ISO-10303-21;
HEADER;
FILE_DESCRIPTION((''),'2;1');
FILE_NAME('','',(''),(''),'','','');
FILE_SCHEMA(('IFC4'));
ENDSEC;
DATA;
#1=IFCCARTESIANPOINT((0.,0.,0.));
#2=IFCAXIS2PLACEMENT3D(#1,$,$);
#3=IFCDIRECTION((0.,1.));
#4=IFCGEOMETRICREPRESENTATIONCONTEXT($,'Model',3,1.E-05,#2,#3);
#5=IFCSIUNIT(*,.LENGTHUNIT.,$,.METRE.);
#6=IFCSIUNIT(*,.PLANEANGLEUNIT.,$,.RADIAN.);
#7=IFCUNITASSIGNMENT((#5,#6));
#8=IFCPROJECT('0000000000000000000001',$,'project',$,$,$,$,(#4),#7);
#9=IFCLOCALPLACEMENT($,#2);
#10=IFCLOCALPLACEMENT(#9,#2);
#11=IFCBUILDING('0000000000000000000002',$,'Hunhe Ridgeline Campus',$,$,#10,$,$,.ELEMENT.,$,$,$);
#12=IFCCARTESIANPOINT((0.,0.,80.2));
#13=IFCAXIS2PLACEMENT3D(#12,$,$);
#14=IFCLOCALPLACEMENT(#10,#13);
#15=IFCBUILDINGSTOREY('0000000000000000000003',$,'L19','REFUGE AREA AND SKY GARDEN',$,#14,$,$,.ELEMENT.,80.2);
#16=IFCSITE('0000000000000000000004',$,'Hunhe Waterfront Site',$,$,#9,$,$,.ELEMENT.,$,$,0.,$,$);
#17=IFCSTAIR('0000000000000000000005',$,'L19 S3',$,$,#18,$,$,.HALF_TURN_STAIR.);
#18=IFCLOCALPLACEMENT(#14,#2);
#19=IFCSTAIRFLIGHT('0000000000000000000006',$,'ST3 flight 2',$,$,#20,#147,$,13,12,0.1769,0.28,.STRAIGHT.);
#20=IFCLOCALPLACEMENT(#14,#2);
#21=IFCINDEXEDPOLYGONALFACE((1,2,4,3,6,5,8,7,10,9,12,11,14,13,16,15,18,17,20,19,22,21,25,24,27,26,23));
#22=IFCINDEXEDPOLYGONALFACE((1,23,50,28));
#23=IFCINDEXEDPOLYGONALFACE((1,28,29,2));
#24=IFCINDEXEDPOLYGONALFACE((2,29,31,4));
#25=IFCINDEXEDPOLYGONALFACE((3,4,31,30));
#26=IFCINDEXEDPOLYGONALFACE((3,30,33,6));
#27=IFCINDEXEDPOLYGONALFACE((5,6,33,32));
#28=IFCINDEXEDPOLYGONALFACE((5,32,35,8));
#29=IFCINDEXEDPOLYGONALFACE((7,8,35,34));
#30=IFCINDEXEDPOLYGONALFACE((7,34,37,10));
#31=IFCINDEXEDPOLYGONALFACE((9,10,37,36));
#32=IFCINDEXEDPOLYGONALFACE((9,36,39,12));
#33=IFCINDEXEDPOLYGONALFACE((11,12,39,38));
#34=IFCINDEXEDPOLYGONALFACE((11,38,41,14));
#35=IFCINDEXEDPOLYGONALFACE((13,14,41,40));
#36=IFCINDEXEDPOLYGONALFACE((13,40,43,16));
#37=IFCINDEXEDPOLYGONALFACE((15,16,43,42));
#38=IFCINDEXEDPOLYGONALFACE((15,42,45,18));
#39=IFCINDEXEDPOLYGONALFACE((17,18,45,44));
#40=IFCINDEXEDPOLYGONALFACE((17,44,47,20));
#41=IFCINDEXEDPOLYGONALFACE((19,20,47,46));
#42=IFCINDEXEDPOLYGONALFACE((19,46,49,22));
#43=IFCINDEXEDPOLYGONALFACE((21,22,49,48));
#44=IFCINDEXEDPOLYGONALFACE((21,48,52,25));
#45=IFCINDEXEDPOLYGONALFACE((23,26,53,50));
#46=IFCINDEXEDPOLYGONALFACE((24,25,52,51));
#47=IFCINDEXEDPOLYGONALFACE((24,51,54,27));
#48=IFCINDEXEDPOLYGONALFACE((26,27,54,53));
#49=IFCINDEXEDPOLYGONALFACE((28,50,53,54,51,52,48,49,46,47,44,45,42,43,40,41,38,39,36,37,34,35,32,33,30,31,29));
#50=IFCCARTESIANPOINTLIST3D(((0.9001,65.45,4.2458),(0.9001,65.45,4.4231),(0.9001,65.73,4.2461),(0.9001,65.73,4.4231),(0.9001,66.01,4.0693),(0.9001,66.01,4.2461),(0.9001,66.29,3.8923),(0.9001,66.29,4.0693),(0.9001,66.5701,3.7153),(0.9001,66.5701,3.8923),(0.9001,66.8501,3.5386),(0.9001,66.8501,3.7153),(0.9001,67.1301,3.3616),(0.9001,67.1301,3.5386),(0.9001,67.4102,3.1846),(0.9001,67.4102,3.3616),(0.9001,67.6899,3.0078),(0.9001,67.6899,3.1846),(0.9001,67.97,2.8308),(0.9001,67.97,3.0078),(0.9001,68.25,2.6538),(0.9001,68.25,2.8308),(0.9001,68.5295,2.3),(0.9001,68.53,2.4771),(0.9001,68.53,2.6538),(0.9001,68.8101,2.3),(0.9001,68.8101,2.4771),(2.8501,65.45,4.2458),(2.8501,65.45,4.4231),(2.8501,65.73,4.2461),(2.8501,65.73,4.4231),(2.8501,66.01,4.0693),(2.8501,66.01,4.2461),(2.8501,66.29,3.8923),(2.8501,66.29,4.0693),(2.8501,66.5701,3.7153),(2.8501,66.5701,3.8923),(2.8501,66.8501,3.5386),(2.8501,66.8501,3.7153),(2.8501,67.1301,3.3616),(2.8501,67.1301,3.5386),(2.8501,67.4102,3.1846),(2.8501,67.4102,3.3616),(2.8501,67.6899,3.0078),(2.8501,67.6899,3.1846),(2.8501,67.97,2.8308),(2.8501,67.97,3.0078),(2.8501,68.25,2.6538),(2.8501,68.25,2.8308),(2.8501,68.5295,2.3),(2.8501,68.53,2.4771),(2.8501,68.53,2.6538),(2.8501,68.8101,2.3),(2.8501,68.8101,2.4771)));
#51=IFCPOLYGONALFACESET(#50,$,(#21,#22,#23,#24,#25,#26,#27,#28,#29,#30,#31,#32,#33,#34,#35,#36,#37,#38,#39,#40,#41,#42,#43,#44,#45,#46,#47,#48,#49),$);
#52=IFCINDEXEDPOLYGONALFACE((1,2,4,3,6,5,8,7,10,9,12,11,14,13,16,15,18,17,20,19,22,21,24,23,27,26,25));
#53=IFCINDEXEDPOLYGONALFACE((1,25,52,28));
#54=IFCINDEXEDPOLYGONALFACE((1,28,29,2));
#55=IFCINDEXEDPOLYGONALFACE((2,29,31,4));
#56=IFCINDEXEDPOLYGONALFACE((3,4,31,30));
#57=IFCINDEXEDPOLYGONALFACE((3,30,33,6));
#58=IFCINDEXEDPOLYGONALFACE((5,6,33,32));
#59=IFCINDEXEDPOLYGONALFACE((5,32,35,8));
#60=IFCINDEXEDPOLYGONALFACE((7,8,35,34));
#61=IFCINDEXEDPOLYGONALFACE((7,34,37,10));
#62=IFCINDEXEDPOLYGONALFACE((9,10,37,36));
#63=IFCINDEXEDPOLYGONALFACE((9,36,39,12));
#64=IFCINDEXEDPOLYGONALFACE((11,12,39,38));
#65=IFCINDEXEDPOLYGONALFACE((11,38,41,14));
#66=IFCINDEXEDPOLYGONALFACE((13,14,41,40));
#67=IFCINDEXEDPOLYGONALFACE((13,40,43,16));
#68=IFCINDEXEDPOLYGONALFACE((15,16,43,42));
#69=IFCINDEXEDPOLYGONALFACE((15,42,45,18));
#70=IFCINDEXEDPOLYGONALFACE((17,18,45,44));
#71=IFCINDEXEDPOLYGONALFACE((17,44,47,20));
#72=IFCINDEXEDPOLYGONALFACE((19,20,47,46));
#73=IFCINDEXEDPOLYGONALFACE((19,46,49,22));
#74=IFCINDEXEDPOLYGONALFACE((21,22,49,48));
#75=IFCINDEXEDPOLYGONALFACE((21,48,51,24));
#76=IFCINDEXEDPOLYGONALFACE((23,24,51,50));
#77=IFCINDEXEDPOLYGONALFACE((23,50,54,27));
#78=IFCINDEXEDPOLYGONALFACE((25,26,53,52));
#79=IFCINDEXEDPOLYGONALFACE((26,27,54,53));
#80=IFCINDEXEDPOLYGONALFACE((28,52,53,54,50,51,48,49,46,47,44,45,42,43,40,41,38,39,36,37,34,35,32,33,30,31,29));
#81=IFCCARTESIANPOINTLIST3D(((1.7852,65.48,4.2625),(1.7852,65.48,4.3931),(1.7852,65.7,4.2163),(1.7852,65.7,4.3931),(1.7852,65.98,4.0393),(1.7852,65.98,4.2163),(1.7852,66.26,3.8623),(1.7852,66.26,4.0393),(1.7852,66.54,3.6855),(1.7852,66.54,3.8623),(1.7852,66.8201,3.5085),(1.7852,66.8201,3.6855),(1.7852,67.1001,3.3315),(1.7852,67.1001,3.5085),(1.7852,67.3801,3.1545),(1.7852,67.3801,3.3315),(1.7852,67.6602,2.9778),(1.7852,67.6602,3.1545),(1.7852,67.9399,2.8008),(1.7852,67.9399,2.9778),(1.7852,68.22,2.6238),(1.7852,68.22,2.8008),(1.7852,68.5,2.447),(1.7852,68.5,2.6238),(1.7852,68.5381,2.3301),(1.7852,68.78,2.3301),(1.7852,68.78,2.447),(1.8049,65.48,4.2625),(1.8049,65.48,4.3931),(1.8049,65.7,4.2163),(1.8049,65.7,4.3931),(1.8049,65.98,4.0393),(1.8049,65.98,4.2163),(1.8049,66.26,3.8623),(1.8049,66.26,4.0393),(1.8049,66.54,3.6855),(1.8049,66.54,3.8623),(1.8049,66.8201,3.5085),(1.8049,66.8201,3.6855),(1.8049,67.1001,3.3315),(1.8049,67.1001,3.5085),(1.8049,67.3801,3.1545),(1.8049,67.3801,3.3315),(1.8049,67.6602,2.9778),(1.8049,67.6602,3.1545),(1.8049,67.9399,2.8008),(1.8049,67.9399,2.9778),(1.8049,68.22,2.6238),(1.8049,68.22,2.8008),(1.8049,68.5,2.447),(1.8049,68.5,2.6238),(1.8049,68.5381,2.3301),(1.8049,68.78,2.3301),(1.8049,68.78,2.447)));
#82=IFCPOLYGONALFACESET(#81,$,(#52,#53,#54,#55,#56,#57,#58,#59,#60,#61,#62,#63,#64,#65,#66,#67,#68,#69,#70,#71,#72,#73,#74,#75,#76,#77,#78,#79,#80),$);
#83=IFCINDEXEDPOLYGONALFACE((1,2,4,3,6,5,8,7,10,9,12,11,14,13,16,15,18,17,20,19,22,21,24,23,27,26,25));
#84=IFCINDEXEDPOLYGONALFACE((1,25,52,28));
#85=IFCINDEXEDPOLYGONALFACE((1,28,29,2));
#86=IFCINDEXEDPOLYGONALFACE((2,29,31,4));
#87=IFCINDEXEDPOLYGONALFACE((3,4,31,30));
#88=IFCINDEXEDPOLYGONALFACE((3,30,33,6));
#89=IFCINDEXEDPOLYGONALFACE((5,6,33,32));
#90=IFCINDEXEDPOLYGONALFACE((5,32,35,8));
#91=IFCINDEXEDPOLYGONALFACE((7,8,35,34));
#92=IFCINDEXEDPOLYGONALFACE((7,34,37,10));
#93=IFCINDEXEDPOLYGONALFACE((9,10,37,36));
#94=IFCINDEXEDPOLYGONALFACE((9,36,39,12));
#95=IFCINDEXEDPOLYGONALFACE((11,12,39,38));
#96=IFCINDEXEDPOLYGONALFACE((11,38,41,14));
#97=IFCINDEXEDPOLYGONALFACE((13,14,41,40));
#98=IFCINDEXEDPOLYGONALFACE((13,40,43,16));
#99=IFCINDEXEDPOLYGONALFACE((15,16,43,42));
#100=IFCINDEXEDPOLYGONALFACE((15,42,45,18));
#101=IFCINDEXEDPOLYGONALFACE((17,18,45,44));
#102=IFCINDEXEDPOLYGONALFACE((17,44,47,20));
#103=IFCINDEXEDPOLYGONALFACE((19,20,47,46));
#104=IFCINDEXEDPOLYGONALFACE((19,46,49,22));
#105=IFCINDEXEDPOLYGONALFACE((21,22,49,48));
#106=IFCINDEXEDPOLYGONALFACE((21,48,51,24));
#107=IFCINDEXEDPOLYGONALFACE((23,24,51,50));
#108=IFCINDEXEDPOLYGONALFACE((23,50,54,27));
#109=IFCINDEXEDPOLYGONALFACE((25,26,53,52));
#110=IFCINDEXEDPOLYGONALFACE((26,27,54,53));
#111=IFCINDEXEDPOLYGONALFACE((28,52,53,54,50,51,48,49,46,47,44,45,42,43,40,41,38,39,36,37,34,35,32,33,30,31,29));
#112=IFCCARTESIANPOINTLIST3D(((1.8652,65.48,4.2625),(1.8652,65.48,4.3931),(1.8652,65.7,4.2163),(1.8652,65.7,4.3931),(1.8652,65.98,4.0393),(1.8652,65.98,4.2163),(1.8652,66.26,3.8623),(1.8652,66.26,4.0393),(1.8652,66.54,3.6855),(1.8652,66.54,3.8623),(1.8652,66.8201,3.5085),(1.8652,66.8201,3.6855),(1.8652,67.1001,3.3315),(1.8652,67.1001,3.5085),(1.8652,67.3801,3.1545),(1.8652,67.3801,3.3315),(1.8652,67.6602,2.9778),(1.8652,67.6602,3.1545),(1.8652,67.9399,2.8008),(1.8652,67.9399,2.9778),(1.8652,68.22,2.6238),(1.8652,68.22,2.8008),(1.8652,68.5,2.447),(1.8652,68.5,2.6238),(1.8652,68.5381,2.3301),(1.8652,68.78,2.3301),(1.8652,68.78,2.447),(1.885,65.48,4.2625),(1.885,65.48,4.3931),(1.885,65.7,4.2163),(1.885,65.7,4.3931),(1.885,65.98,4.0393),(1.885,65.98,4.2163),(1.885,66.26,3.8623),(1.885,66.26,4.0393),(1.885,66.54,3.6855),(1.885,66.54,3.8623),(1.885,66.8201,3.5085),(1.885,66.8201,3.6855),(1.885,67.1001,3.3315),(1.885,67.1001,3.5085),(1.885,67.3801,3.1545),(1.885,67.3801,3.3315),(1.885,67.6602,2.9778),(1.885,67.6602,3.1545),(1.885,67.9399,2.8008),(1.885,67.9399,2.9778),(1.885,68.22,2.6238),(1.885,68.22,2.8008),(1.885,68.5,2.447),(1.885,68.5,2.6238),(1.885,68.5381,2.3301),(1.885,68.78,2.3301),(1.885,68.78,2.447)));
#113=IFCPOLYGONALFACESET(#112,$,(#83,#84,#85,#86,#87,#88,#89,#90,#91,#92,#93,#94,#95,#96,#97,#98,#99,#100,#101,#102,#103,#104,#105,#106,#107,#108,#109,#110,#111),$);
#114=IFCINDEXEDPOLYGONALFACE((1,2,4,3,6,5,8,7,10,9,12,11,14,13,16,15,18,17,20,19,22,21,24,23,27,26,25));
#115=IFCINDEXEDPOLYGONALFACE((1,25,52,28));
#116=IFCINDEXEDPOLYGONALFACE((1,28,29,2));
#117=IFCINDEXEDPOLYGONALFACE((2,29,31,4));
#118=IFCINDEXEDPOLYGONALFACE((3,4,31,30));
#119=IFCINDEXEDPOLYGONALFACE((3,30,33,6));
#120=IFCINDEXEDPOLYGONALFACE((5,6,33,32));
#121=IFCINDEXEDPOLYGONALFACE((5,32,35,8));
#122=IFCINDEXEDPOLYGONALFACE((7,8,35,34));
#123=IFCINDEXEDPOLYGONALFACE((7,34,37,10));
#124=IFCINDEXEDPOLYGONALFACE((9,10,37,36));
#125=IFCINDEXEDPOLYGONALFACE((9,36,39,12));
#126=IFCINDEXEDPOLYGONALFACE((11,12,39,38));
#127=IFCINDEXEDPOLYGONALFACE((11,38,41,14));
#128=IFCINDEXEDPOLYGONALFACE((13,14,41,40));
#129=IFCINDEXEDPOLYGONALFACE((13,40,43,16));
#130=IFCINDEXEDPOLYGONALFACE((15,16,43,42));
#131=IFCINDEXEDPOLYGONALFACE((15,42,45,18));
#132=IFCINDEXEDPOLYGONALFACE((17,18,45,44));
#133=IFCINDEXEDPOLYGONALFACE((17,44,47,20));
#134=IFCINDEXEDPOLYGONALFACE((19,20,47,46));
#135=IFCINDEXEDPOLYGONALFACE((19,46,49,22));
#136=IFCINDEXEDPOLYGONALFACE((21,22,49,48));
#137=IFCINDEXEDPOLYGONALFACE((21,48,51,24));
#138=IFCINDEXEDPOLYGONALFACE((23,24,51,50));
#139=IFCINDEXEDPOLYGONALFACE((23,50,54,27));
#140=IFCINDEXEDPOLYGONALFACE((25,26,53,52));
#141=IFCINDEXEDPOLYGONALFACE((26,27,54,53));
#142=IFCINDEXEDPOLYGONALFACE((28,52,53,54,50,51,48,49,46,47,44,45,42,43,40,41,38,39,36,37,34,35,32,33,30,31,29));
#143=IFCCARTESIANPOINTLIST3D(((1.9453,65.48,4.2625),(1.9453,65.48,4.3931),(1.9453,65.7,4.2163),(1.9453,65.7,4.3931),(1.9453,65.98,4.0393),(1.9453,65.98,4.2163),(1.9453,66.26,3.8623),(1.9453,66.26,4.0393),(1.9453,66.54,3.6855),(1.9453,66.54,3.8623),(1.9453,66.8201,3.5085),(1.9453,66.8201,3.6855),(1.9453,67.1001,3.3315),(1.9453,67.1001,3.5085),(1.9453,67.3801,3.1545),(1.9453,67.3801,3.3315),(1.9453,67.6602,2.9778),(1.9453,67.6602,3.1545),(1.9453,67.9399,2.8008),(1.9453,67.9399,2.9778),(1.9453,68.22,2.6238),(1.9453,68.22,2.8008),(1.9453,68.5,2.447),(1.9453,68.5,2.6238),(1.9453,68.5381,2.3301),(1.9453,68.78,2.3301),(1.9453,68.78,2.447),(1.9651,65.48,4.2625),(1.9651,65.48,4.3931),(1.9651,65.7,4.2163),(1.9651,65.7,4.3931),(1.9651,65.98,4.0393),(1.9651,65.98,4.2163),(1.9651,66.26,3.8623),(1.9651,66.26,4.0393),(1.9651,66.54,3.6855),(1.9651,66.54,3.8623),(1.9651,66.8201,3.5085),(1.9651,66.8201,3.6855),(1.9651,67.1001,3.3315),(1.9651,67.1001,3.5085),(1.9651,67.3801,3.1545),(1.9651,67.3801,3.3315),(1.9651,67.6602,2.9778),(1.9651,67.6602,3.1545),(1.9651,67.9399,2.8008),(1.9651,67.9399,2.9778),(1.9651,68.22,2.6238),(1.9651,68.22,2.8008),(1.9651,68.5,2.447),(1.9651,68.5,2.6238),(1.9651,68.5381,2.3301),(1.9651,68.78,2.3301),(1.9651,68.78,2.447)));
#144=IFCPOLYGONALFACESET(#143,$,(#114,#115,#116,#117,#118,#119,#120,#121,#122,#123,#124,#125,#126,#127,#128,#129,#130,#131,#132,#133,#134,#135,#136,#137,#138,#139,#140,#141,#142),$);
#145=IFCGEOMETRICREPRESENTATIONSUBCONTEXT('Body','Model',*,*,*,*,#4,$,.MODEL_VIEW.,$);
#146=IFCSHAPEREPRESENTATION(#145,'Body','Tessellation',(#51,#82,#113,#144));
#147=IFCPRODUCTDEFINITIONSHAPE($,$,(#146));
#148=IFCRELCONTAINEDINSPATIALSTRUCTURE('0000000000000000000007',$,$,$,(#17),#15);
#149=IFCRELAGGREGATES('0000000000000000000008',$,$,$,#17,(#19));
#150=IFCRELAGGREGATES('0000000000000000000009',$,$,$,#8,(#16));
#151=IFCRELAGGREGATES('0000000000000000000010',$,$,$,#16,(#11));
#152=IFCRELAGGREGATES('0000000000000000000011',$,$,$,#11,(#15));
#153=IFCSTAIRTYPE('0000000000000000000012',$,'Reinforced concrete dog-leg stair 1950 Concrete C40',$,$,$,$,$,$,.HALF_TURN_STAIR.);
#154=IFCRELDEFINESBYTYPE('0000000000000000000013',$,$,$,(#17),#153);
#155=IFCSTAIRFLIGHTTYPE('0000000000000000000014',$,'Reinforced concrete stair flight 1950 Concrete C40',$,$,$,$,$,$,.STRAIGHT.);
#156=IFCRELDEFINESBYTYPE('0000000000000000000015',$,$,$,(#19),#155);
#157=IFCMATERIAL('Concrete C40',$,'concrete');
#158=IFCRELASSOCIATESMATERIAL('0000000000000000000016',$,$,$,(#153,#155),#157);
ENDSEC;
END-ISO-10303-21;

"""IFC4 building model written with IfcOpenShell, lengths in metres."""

from ifc_helpers import new_model, si_unit, direction, frame, origin, place, context, subcontext, project, spatial, polyline, outline, extrude, material, type_object, element, aggregate, save


model = new_model("IFC4")

# Units and contexts
model_context = context("Model", 3, precision=1e-05, world=origin(), true_north=direction((0.0, 1.0)))
body_context = subcontext(model_context, "Body", "Model", "MODEL_VIEW")
ifc_project = project(units=[si_unit("LENGTHUNIT", "METRE"), si_unit("PLANEANGLEUNIT", "RADIAN")], contexts=[model_context])

# Site, building, storey
site_placement = place(None, origin())
site = spatial("IfcSite", under=ifc_project, at=site_placement, Name="Hunhe Waterfront Site", CompositionType="ELEMENT", RefElevation=0.0)
building_placement = place(site_placement, origin())
building = spatial("IfcBuilding", under=site, at=building_placement, Name="Hunhe Ridgeline Campus", CompositionType="ELEMENT")
storey_placement = place(building_placement, frame((0.0, 0.0, 80.2)))
storey = spatial("IfcBuildingStorey", under=building, at=storey_placement, Name="L19", Description="REFUGE AREA AND SKY GARDEN", CompositionType="ELEMENT", Elevation=80.2)

# Stair, stair flight
ifc_material_1 = material(Name="Concrete C40", Category="concrete")
stair_type = type_object("IfcStairType", Name="Reinforced concrete dog-leg stair 1950 Concrete C40", PredefinedType="HALF_TURN_STAIR", material=ifc_material_1)
stair_1_placement = place(storey_placement, origin())
stair_1 = element("IfcStair", 1, at=stair_1_placement, inside=storey, type_object=stair_type, Name="L19 S3", PredefinedType="HALF_TURN_STAIR")
stair_flight_type = type_object("IfcStairFlightType", Name="Reinforced concrete stair flight 1950 Concrete C40", PredefinedType="STRAIGHT", material=ifc_material_1)
stair_flight_1_placement = place(storey_placement, frame((1.875, 68.8101, 2.3), z_axis=(0.0, 0.0, 1.0), x_axis=(0.0, -1.0, 0.0)))
stair_flight_1 = element("IfcStairFlight", 2, at=stair_flight_1_placement, type_object=stair_flight_type, Name="ST3 flight 2", NumberOfRisers=13, NumberOfTreads=12, PredefinedType="STRAIGHT", RiserHeight=0.1769, TreadLength=0.28, context=body_context, shape_type="SweptSolid", body=[
    extrude(outline(polyline([(0.0, 0.0), (0.0, 0.177), (0.28, 0.177), (0.28, 0.3538), (0.5601, 0.3538), (0.5601, 0.5308), (0.8401, 0.5308), (0.8401, 0.7078), (1.1201, 0.7078), (1.1201, 0.8845), (1.3999, 0.8845), (1.3999, 1.0615), (1.6799, 1.0615), (1.6799, 1.2385), (1.96, 1.2385), (1.96, 1.4153), (2.24, 1.4153), (2.24, 1.5923), (2.52, 1.5923), (2.52, 1.7693), (2.8, 1.7693), (2.8, 1.946), (3.0801, 1.946), (3.0801, 2.123), (3.3601, 2.123), (3.3601, 2.3), (3.3601, 1.9458), (0.2805, 0.0), (0.0, 0.0)])), frame((0.0, 0.9751, 0.0), z_axis=(0.0, -1.0, 0.0), x_axis=(1.0, 0.0, 0.0)), (0.0, 0.0, 1.0), 1.95),
    extrude(outline(polyline([(0.03, 0.03), (0.03, 0.147), (0.3101, 0.147), (0.3101, 0.3237), (0.5901, 0.3237), (0.5901, 0.5007), (0.8701, 0.5007), (0.8701, 0.6777), (1.1499, 0.6777), (1.1499, 0.8545), (1.4299, 0.8545), (1.4299, 1.0315), (1.71, 1.0315), (1.71, 1.2085), (1.99, 1.2085), (1.99, 1.3855), (2.27, 1.3855), (2.27, 1.5623), (2.55, 1.5623), (2.55, 1.7393), (2.8301, 1.7393), (2.8301, 1.9163), (3.1101, 1.9163), (3.1101, 2.093), (3.3301, 2.093), (3.3301, 1.9624), (0.272, 0.03), (0.03, 0.03)])), frame((0.0, -0.0701, 0.0), z_axis=(0.0, -1.0, 0.0), x_axis=(1.0, 0.0, 0.0)), (0.0, 0.0, 1.0), 0.0198),
    extrude(outline(polyline([(0.03, 0.03), (0.03, 0.147), (0.3101, 0.147), (0.3101, 0.3237), (0.5901, 0.3237), (0.5901, 0.5007), (0.8701, 0.5007), (0.8701, 0.6777), (1.1499, 0.6777), (1.1499, 0.8545), (1.4299, 0.8545), (1.4299, 1.0315), (1.71, 1.0315), (1.71, 1.2085), (1.99, 1.2085), (1.99, 1.3855), (2.27, 1.3855), (2.27, 1.5623), (2.55, 1.5623), (2.55, 1.7393), (2.8301, 1.7393), (2.8301, 1.9163), (3.1101, 1.9163), (3.1101, 2.093), (3.3301, 2.093), (3.3301, 1.9624), (0.272, 0.03), (0.03, 0.03)])), frame((0.0, 0.01, 0.0), z_axis=(0.0, -1.0, 0.0), x_axis=(1.0, 0.0, 0.0)), (0.0, 0.0, 1.0), 0.0198),
    extrude(outline(polyline([(0.03, 0.03), (0.03, 0.147), (0.3101, 0.147), (0.3101, 0.3237), (0.5901, 0.3237), (0.5901, 0.5007), (0.8701, 0.5007), (0.8701, 0.6777), (1.1499, 0.6777), (1.1499, 0.8545), (1.4299, 0.8545), (1.4299, 1.0315), (1.71, 1.0315), (1.71, 1.2085), (1.99, 1.2085), (1.99, 1.3855), (2.27, 1.3855), (2.27, 1.5623), (2.55, 1.5623), (2.55, 1.7393), (2.8301, 1.7393), (2.8301, 1.9163), (3.1101, 1.9163), (3.1101, 2.093), (3.3301, 2.093), (3.3301, 1.9624), (0.272, 0.03), (0.03, 0.03)])), frame((0.0, 0.0901, 0.0), z_axis=(0.0, -1.0, 0.0), x_axis=(1.0, 0.0, 0.0)), (0.0, 0.0, 1.0), 0.0198),
])
aggregate(stair_1, [stair_flight_1])

save(model, "model.ifc")
